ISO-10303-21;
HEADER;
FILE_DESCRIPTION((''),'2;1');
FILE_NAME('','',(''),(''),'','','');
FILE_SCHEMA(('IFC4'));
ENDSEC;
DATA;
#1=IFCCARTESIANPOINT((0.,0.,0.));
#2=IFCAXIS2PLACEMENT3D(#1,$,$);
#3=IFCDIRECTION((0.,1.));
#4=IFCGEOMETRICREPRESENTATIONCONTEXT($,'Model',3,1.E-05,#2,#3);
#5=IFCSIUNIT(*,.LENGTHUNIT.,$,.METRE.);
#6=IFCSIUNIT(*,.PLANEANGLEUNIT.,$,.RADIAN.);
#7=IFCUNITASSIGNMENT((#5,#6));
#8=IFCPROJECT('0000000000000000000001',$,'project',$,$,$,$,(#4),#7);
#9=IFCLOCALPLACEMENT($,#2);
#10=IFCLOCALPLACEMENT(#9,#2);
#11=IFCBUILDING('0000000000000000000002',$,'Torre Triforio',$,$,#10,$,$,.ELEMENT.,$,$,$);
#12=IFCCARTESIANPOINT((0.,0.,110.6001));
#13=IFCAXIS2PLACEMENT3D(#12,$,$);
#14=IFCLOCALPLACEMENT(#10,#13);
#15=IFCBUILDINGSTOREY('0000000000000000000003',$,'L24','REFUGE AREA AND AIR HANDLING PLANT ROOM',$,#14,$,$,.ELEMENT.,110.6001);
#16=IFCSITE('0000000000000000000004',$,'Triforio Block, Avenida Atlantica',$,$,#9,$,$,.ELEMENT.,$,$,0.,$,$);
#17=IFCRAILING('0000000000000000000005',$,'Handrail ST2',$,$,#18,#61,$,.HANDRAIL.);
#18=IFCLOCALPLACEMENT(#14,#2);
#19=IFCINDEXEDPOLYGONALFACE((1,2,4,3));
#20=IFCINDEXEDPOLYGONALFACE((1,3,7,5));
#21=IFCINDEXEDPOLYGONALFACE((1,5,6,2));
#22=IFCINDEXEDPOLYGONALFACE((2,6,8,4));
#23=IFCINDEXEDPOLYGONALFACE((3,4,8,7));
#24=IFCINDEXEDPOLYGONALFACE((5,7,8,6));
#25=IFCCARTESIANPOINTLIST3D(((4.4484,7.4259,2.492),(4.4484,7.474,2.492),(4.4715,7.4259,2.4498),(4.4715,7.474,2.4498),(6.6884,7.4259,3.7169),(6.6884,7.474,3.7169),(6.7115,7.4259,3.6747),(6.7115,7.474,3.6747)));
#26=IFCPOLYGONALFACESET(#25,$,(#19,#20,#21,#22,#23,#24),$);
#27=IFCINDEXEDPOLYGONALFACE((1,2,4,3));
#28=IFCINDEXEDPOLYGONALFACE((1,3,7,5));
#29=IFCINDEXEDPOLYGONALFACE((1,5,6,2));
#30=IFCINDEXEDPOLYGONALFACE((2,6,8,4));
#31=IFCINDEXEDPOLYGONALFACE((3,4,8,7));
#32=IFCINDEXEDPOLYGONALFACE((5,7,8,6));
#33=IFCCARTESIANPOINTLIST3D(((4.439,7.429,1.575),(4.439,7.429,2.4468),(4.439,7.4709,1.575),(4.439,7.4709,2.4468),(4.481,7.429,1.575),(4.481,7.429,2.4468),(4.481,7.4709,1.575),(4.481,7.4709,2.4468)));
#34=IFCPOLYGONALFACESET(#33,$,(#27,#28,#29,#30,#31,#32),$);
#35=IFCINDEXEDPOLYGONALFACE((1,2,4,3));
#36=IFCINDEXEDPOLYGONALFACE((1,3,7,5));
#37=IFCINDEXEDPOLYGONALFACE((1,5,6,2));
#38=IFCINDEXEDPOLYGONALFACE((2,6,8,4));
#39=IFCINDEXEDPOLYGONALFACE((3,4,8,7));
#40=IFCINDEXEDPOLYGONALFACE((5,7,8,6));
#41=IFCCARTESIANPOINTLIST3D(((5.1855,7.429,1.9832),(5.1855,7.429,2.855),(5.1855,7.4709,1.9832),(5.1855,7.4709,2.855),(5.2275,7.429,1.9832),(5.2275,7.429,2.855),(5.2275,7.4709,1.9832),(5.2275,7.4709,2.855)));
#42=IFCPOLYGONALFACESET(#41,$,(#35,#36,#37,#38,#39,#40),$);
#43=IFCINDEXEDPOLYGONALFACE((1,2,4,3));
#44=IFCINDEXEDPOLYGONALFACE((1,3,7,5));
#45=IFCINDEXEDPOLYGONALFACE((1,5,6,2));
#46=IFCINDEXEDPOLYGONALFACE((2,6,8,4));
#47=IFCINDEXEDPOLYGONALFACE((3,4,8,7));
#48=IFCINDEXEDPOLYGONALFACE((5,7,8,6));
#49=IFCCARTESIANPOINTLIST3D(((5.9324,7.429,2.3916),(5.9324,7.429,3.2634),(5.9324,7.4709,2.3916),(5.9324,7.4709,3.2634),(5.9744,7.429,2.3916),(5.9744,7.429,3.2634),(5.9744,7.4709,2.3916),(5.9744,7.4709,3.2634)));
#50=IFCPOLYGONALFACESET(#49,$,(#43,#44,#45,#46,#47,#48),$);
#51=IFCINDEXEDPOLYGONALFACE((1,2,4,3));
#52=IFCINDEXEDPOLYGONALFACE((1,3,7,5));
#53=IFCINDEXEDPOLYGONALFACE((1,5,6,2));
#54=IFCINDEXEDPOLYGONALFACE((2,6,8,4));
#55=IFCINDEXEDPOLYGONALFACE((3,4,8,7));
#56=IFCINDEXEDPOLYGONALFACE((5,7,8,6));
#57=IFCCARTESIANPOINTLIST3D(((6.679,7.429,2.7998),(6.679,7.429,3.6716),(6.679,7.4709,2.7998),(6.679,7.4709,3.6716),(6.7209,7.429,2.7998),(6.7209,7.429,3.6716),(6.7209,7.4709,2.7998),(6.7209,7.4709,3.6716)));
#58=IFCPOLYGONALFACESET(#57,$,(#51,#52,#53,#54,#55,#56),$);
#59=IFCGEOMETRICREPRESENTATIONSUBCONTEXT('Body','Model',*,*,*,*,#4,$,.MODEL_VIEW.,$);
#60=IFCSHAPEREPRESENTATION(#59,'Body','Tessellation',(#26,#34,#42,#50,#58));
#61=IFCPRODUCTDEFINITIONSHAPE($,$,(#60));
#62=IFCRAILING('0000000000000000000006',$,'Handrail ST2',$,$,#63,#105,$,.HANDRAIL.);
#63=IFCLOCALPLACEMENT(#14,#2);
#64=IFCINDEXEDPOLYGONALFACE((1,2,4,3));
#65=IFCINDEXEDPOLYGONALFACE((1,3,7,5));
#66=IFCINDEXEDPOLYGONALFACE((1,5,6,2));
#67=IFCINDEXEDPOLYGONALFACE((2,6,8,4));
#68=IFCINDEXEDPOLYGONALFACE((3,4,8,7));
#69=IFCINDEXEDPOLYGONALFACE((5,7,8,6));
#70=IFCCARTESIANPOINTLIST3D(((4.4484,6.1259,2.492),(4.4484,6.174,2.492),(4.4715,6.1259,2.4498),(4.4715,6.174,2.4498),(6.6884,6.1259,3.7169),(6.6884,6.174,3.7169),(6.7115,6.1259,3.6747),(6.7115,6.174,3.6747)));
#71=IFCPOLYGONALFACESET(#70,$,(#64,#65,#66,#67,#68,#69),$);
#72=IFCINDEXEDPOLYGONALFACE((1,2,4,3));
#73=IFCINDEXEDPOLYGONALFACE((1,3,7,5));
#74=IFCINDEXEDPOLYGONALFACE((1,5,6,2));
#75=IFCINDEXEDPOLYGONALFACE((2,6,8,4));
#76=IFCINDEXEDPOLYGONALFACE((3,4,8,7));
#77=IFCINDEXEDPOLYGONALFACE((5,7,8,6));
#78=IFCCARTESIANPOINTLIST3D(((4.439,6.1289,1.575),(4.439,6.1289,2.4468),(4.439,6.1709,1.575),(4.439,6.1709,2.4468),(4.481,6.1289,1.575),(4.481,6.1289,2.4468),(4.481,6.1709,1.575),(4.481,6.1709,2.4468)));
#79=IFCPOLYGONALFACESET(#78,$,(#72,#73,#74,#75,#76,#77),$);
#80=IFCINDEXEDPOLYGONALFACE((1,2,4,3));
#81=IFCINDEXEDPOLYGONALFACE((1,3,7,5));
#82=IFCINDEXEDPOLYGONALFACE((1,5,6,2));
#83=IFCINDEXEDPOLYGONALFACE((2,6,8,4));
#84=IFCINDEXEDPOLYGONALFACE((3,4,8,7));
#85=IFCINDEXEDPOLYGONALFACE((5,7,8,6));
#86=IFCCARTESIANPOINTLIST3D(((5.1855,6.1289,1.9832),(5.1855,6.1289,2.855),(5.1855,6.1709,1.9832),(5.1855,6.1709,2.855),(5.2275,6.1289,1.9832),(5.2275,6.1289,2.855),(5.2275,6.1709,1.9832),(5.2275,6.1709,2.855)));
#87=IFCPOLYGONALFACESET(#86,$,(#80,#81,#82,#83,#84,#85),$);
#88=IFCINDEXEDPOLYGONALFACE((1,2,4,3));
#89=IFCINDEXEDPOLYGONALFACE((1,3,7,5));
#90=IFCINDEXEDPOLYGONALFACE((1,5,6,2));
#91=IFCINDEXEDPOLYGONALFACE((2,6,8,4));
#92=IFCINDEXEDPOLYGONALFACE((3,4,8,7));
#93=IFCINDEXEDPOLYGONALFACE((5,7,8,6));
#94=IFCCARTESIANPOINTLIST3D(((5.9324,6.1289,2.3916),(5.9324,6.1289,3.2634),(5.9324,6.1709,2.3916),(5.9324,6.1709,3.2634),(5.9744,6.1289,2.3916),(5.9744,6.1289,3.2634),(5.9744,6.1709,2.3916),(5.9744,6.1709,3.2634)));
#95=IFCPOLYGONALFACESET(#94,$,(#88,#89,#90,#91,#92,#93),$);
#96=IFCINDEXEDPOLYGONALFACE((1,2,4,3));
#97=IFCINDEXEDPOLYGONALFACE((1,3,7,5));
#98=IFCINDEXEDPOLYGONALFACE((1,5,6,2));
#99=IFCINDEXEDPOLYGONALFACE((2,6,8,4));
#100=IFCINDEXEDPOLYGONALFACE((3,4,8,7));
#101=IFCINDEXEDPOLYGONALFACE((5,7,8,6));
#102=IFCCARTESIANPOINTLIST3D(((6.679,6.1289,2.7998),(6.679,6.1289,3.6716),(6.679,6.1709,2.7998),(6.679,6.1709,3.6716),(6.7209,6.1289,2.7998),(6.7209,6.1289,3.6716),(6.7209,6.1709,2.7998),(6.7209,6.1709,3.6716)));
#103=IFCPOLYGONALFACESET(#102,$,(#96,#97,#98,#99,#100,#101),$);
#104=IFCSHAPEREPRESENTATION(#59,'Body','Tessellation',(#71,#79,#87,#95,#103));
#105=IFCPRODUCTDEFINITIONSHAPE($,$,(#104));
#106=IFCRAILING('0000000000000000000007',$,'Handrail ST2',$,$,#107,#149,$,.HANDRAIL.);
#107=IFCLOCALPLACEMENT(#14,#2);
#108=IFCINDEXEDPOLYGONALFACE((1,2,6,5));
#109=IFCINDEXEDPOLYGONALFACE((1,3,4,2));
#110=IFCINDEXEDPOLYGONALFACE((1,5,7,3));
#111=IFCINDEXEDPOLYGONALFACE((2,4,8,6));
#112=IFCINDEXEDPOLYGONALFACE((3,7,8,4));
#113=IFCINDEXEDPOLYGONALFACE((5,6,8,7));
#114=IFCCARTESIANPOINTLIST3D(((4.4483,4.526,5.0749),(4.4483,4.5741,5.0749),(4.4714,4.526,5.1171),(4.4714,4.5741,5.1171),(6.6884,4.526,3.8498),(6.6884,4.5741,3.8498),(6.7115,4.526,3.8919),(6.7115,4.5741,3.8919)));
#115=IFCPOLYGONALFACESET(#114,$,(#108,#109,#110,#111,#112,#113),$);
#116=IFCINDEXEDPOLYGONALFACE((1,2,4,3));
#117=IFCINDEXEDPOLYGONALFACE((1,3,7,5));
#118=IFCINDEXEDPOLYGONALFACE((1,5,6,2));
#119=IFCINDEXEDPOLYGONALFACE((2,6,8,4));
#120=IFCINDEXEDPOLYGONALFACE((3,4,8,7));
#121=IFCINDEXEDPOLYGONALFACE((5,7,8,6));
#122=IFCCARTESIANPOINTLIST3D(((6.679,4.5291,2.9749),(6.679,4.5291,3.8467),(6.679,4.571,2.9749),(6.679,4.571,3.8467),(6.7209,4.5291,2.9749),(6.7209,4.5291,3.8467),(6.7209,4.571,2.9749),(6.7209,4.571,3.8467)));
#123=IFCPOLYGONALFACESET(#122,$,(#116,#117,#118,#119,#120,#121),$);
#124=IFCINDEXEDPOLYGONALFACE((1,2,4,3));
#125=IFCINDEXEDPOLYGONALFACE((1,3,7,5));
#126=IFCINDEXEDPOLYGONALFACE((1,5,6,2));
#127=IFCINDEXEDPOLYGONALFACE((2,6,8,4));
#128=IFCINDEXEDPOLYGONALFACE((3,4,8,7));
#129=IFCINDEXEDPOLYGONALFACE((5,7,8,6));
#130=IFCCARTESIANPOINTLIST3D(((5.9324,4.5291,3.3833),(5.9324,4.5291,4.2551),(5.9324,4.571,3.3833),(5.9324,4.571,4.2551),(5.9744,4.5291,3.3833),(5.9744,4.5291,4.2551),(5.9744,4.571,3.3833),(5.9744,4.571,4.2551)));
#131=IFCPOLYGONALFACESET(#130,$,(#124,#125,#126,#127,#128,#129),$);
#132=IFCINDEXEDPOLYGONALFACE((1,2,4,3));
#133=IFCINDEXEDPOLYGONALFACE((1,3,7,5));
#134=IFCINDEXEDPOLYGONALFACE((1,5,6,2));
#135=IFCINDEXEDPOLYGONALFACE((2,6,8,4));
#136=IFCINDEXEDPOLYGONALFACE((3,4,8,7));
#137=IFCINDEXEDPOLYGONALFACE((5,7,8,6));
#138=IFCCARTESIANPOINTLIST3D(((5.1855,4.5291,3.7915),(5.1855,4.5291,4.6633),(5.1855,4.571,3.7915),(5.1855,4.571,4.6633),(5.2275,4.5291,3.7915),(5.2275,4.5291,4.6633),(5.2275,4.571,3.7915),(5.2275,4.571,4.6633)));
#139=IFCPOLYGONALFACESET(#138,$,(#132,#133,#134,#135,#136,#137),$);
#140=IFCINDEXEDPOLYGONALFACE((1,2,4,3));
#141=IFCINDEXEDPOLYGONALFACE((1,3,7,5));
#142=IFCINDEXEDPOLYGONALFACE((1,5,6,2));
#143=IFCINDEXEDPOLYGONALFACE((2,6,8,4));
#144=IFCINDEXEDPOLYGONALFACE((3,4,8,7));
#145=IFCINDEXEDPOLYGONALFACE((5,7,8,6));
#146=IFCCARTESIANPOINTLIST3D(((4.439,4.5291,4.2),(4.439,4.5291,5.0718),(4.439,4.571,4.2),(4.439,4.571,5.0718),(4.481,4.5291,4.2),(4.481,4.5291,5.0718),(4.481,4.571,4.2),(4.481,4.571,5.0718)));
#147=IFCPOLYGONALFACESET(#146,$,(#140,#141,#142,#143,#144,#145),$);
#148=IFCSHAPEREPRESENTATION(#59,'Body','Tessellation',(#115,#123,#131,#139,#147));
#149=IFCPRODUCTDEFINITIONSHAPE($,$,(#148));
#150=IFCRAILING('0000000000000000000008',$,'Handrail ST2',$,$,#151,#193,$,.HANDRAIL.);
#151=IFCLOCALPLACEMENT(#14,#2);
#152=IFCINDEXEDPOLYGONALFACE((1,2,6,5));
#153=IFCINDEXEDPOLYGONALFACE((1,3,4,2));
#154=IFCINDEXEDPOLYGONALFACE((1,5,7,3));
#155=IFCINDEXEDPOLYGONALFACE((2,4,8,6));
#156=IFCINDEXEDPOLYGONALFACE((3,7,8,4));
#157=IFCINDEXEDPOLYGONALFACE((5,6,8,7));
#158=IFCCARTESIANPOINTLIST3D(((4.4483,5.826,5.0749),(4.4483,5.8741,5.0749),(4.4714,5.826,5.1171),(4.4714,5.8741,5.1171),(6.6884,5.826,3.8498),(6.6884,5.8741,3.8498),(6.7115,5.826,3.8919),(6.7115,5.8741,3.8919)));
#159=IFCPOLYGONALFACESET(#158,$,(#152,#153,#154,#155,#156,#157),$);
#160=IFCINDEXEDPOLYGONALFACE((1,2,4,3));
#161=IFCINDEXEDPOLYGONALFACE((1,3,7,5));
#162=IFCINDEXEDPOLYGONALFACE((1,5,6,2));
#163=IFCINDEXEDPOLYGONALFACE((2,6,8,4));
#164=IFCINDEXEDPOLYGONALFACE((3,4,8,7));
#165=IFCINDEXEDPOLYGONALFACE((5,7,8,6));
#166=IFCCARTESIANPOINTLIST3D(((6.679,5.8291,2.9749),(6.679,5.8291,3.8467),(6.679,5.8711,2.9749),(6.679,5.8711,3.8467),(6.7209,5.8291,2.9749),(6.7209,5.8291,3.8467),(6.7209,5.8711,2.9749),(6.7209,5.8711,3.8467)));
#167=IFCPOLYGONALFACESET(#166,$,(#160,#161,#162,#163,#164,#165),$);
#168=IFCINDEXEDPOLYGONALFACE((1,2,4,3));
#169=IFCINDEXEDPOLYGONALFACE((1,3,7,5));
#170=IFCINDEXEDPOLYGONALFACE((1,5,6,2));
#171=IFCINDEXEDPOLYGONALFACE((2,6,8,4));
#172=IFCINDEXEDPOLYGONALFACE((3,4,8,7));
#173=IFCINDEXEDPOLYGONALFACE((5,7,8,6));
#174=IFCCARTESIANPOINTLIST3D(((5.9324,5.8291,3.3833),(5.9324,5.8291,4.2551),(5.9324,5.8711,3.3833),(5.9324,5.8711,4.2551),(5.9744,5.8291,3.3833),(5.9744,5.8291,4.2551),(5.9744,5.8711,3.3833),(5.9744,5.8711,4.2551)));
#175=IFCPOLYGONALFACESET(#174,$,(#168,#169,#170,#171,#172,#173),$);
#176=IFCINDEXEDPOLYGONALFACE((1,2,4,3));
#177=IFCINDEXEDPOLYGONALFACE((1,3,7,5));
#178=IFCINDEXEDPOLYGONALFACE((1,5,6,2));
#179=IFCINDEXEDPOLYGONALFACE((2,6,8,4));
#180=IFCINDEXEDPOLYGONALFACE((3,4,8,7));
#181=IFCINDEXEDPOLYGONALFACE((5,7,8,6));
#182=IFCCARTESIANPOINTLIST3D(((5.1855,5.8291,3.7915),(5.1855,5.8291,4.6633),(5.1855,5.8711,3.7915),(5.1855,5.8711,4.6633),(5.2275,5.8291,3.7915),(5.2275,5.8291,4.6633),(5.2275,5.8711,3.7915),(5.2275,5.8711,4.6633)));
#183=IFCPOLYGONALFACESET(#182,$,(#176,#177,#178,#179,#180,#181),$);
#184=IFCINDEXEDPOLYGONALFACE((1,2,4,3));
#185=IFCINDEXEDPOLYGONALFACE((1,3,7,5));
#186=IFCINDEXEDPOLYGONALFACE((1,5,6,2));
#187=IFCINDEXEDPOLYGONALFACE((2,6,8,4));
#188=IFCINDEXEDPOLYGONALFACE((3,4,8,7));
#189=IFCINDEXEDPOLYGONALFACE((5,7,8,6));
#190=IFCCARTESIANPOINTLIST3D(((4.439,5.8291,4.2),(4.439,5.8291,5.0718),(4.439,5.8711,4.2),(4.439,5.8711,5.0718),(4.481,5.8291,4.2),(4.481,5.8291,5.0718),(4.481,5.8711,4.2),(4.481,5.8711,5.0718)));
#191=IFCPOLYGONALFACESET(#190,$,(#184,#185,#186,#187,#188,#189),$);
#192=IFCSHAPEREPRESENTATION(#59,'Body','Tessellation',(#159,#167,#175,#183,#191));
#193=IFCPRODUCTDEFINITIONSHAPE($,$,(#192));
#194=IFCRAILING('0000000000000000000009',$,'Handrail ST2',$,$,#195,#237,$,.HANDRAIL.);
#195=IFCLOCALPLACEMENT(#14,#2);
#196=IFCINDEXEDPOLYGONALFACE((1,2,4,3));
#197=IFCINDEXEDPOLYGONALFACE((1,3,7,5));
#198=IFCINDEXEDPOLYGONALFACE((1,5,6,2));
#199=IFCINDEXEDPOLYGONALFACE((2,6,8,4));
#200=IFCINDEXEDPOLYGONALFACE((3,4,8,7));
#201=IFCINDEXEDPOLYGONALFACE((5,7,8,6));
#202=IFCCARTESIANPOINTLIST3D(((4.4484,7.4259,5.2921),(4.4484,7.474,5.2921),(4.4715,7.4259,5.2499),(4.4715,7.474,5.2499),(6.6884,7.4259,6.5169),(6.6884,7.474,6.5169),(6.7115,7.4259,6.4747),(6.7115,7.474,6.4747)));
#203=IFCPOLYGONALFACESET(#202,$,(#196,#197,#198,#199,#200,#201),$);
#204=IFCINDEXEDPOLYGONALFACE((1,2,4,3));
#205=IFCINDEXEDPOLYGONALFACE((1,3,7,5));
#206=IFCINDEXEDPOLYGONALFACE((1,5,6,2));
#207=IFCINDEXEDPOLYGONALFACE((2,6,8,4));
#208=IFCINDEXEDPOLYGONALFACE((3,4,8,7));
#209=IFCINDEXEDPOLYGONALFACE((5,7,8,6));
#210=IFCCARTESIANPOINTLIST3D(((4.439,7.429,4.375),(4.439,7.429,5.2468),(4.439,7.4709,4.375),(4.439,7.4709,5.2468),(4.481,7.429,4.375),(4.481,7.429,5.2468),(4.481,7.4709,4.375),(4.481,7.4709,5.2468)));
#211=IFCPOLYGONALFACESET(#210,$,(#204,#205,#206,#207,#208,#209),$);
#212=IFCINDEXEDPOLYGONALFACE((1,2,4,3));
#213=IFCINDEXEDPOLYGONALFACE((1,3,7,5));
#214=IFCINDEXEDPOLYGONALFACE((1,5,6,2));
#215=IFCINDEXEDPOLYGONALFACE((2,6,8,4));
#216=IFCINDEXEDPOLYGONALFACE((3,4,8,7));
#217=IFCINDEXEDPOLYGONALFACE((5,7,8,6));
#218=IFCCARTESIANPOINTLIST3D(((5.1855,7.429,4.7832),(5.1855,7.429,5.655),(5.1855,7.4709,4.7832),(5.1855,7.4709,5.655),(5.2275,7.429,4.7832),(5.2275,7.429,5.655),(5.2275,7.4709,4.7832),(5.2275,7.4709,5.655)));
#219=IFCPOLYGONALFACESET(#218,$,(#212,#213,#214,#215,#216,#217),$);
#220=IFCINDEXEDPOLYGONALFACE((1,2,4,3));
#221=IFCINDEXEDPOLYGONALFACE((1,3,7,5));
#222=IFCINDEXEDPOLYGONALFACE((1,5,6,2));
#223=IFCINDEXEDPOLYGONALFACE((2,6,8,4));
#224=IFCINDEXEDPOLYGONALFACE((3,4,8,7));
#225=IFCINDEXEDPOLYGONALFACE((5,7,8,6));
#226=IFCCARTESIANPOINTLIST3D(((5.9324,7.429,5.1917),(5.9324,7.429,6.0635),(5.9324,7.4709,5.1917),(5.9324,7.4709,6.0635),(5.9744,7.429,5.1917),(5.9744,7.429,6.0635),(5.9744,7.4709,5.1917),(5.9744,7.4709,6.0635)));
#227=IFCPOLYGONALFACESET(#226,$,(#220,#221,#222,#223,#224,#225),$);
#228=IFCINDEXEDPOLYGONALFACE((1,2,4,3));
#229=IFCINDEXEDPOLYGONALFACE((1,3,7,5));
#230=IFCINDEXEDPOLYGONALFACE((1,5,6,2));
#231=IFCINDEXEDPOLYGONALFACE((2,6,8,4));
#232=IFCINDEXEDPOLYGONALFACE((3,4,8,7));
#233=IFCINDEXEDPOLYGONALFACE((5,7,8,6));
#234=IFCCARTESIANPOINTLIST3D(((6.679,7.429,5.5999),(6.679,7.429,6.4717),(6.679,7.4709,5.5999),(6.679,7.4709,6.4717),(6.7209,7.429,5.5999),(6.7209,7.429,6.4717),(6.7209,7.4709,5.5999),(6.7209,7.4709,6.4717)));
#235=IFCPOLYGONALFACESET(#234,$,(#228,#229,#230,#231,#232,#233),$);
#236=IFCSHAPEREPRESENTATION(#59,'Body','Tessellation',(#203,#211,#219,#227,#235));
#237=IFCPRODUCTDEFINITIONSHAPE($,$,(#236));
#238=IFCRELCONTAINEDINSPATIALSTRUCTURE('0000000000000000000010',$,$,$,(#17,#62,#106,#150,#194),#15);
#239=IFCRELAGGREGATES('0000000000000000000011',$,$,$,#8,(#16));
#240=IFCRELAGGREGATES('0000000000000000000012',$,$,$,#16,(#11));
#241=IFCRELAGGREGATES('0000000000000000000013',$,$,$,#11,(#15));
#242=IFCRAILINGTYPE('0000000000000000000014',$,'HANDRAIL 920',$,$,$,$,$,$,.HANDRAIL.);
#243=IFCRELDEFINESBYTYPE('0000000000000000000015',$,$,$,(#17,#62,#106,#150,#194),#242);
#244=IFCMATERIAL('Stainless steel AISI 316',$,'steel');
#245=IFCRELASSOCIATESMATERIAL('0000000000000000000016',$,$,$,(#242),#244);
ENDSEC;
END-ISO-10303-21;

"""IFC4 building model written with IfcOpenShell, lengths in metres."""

from ifc_helpers import new_model, si_unit, direction, frame, origin, origin_2d, place, context, subcontext, project, spatial, rectangle, extrude, material, type_object, element, save


model = new_model("IFC4")

# Units and contexts
model_context = context("Model", 3, precision=1e-05, world=origin(), true_north=direction((0.0, 1.0)))
body_context = subcontext(model_context, "Body", "Model", "MODEL_VIEW")
ifc_project = project(units=[si_unit("LENGTHUNIT", "METRE"), si_unit("PLANEANGLEUNIT", "RADIAN")], contexts=[model_context])

# Site, building, storey
site_placement = place(None, origin())
site = spatial("IfcSite", under=ifc_project, at=site_placement, Name="Triforio Block, Avenida Atlantica", CompositionType="ELEMENT", RefElevation=0.0)
building_placement = place(site_placement, origin())
building = spatial("IfcBuilding", under=site, at=building_placement, Name="Torre Triforio", CompositionType="ELEMENT")
storey_placement = place(building_placement, frame((0.0, 0.0, 110.6001)))
storey = spatial("IfcBuildingStorey", under=building, at=storey_placement, Name="L24", Description="REFUGE AREA AND AIR HANDLING PLANT ROOM", CompositionType="ELEMENT", Elevation=110.6001)

# Railings
ifc_material_1 = material(Name="Stainless steel AISI 316", Category="steel")
railing_type = type_object("IfcRailingType", Name="HANDRAIL 920", PredefinedType="HANDRAIL", material=ifc_material_1)
for number, where, name in (
    (1, (4.46, 7.45, 1.575), "Handrail ST2"),
    (2, (4.46, 6.1499, 1.575), "Handrail ST2"),
):
    element("IfcRailing", number, at=place(storey_placement, frame(where)), inside=storey, type_object=railing_type, Name=name, PredefinedType="HANDRAIL", context=body_context, shape_type="SweptSolid", body=[
        extrude(rectangle(XDim=0.0481, YDim=0.0481, at=origin_2d()), frame((0.0, 0.0, 0.896), z_axis=(0.877394, 0.0, 0.47977), x_axis=(0.0, 1.0, 0.0)), (0.0, 0.0, 1.0), 2.553),
        extrude(rectangle(XDim=0.042, YDim=0.042, at=origin_2d()), origin(), (0.0, 0.0, 1.0), 0.8718),
        extrude(rectangle(XDim=0.042, YDim=0.042, at=origin_2d()), frame((0.7466, 0.0, 0.4082)), (0.0, 0.0, 1.0), 0.8718),
        extrude(rectangle(XDim=0.042, YDim=0.042, at=origin_2d()), frame((1.4934, 0.0, 0.8167)), (0.0, 0.0, 1.0), 0.8718),
        extrude(rectangle(XDim=0.042, YDim=0.042, at=origin_2d()), frame((2.24, 0.0, 1.2249)), (0.0, 0.0, 1.0), 0.8718),
    ])
for number, where, name in (
    (3, (6.7, 4.55, 2.9749), "Handrail ST2"),
    (4, (6.7, 5.8501, 2.9749), "Handrail ST2"),
):
    element("IfcRailing", number, at=place(storey_placement, frame(where)), inside=storey, type_object=railing_type, Name=name, PredefinedType="HANDRAIL", context=body_context, shape_type="SweptSolid", body=[
        extrude(rectangle(XDim=0.0481, YDim=0.0481, at=origin_2d()), frame((0.0, 0.0, 0.896), z_axis=(-0.877354, 0.0, 0.479843), x_axis=(0.0, -1.0, 0.0)), (0.0, 0.0, 1.0), 2.5532),
        extrude(rectangle(XDim=0.042, YDim=0.042, at=origin_2d()), origin(), (0.0, 0.0, 1.0), 0.8718),
        extrude(rectangle(XDim=0.042, YDim=0.042, at=origin_2d()), frame((-0.7466, 0.0, 0.4084)), (0.0, 0.0, 1.0), 0.8718),
        extrude(rectangle(XDim=0.042, YDim=0.042, at=origin_2d()), frame((-1.4934, 0.0, 0.8167)), (0.0, 0.0, 1.0), 0.8718),
        extrude(rectangle(XDim=0.042, YDim=0.042, at=origin_2d()), frame((-2.24, 0.0, 1.2251)), (0.0, 0.0, 1.0), 0.8718),
    ])
for number, where, name in (
    (5, (4.46, 7.45, 4.375), "Handrail ST2"),
):
    element("IfcRailing", number, at=place(storey_placement, frame(where)), inside=storey, type_object=railing_type, Name=name, PredefinedType="HANDRAIL", context=body_context, shape_type="SweptSolid", body=[
        extrude(rectangle(XDim=0.0481, YDim=0.0481, at=origin_2d()), frame((0.0, 0.0, 0.896), z_axis=(0.877394, 0.0, 0.47977), x_axis=(0.0, 1.0, 0.0)), (0.0, 0.0, 1.0), 2.553),
        extrude(rectangle(XDim=0.042, YDim=0.042, at=origin_2d()), origin(), (0.0, 0.0, 1.0), 0.8718),
        extrude(rectangle(XDim=0.042, YDim=0.042, at=origin_2d()), frame((0.7466, 0.0, 0.4082)), (0.0, 0.0, 1.0), 0.8718),
        extrude(rectangle(XDim=0.042, YDim=0.042, at=origin_2d()), frame((1.4934, 0.0, 0.8167)), (0.0, 0.0, 1.0), 0.8718),
        extrude(rectangle(XDim=0.042, YDim=0.042, at=origin_2d()), frame((2.24, 0.0, 1.2249)), (0.0, 0.0, 1.0), 0.8718),
    ])

save(model, "model.ifc")
